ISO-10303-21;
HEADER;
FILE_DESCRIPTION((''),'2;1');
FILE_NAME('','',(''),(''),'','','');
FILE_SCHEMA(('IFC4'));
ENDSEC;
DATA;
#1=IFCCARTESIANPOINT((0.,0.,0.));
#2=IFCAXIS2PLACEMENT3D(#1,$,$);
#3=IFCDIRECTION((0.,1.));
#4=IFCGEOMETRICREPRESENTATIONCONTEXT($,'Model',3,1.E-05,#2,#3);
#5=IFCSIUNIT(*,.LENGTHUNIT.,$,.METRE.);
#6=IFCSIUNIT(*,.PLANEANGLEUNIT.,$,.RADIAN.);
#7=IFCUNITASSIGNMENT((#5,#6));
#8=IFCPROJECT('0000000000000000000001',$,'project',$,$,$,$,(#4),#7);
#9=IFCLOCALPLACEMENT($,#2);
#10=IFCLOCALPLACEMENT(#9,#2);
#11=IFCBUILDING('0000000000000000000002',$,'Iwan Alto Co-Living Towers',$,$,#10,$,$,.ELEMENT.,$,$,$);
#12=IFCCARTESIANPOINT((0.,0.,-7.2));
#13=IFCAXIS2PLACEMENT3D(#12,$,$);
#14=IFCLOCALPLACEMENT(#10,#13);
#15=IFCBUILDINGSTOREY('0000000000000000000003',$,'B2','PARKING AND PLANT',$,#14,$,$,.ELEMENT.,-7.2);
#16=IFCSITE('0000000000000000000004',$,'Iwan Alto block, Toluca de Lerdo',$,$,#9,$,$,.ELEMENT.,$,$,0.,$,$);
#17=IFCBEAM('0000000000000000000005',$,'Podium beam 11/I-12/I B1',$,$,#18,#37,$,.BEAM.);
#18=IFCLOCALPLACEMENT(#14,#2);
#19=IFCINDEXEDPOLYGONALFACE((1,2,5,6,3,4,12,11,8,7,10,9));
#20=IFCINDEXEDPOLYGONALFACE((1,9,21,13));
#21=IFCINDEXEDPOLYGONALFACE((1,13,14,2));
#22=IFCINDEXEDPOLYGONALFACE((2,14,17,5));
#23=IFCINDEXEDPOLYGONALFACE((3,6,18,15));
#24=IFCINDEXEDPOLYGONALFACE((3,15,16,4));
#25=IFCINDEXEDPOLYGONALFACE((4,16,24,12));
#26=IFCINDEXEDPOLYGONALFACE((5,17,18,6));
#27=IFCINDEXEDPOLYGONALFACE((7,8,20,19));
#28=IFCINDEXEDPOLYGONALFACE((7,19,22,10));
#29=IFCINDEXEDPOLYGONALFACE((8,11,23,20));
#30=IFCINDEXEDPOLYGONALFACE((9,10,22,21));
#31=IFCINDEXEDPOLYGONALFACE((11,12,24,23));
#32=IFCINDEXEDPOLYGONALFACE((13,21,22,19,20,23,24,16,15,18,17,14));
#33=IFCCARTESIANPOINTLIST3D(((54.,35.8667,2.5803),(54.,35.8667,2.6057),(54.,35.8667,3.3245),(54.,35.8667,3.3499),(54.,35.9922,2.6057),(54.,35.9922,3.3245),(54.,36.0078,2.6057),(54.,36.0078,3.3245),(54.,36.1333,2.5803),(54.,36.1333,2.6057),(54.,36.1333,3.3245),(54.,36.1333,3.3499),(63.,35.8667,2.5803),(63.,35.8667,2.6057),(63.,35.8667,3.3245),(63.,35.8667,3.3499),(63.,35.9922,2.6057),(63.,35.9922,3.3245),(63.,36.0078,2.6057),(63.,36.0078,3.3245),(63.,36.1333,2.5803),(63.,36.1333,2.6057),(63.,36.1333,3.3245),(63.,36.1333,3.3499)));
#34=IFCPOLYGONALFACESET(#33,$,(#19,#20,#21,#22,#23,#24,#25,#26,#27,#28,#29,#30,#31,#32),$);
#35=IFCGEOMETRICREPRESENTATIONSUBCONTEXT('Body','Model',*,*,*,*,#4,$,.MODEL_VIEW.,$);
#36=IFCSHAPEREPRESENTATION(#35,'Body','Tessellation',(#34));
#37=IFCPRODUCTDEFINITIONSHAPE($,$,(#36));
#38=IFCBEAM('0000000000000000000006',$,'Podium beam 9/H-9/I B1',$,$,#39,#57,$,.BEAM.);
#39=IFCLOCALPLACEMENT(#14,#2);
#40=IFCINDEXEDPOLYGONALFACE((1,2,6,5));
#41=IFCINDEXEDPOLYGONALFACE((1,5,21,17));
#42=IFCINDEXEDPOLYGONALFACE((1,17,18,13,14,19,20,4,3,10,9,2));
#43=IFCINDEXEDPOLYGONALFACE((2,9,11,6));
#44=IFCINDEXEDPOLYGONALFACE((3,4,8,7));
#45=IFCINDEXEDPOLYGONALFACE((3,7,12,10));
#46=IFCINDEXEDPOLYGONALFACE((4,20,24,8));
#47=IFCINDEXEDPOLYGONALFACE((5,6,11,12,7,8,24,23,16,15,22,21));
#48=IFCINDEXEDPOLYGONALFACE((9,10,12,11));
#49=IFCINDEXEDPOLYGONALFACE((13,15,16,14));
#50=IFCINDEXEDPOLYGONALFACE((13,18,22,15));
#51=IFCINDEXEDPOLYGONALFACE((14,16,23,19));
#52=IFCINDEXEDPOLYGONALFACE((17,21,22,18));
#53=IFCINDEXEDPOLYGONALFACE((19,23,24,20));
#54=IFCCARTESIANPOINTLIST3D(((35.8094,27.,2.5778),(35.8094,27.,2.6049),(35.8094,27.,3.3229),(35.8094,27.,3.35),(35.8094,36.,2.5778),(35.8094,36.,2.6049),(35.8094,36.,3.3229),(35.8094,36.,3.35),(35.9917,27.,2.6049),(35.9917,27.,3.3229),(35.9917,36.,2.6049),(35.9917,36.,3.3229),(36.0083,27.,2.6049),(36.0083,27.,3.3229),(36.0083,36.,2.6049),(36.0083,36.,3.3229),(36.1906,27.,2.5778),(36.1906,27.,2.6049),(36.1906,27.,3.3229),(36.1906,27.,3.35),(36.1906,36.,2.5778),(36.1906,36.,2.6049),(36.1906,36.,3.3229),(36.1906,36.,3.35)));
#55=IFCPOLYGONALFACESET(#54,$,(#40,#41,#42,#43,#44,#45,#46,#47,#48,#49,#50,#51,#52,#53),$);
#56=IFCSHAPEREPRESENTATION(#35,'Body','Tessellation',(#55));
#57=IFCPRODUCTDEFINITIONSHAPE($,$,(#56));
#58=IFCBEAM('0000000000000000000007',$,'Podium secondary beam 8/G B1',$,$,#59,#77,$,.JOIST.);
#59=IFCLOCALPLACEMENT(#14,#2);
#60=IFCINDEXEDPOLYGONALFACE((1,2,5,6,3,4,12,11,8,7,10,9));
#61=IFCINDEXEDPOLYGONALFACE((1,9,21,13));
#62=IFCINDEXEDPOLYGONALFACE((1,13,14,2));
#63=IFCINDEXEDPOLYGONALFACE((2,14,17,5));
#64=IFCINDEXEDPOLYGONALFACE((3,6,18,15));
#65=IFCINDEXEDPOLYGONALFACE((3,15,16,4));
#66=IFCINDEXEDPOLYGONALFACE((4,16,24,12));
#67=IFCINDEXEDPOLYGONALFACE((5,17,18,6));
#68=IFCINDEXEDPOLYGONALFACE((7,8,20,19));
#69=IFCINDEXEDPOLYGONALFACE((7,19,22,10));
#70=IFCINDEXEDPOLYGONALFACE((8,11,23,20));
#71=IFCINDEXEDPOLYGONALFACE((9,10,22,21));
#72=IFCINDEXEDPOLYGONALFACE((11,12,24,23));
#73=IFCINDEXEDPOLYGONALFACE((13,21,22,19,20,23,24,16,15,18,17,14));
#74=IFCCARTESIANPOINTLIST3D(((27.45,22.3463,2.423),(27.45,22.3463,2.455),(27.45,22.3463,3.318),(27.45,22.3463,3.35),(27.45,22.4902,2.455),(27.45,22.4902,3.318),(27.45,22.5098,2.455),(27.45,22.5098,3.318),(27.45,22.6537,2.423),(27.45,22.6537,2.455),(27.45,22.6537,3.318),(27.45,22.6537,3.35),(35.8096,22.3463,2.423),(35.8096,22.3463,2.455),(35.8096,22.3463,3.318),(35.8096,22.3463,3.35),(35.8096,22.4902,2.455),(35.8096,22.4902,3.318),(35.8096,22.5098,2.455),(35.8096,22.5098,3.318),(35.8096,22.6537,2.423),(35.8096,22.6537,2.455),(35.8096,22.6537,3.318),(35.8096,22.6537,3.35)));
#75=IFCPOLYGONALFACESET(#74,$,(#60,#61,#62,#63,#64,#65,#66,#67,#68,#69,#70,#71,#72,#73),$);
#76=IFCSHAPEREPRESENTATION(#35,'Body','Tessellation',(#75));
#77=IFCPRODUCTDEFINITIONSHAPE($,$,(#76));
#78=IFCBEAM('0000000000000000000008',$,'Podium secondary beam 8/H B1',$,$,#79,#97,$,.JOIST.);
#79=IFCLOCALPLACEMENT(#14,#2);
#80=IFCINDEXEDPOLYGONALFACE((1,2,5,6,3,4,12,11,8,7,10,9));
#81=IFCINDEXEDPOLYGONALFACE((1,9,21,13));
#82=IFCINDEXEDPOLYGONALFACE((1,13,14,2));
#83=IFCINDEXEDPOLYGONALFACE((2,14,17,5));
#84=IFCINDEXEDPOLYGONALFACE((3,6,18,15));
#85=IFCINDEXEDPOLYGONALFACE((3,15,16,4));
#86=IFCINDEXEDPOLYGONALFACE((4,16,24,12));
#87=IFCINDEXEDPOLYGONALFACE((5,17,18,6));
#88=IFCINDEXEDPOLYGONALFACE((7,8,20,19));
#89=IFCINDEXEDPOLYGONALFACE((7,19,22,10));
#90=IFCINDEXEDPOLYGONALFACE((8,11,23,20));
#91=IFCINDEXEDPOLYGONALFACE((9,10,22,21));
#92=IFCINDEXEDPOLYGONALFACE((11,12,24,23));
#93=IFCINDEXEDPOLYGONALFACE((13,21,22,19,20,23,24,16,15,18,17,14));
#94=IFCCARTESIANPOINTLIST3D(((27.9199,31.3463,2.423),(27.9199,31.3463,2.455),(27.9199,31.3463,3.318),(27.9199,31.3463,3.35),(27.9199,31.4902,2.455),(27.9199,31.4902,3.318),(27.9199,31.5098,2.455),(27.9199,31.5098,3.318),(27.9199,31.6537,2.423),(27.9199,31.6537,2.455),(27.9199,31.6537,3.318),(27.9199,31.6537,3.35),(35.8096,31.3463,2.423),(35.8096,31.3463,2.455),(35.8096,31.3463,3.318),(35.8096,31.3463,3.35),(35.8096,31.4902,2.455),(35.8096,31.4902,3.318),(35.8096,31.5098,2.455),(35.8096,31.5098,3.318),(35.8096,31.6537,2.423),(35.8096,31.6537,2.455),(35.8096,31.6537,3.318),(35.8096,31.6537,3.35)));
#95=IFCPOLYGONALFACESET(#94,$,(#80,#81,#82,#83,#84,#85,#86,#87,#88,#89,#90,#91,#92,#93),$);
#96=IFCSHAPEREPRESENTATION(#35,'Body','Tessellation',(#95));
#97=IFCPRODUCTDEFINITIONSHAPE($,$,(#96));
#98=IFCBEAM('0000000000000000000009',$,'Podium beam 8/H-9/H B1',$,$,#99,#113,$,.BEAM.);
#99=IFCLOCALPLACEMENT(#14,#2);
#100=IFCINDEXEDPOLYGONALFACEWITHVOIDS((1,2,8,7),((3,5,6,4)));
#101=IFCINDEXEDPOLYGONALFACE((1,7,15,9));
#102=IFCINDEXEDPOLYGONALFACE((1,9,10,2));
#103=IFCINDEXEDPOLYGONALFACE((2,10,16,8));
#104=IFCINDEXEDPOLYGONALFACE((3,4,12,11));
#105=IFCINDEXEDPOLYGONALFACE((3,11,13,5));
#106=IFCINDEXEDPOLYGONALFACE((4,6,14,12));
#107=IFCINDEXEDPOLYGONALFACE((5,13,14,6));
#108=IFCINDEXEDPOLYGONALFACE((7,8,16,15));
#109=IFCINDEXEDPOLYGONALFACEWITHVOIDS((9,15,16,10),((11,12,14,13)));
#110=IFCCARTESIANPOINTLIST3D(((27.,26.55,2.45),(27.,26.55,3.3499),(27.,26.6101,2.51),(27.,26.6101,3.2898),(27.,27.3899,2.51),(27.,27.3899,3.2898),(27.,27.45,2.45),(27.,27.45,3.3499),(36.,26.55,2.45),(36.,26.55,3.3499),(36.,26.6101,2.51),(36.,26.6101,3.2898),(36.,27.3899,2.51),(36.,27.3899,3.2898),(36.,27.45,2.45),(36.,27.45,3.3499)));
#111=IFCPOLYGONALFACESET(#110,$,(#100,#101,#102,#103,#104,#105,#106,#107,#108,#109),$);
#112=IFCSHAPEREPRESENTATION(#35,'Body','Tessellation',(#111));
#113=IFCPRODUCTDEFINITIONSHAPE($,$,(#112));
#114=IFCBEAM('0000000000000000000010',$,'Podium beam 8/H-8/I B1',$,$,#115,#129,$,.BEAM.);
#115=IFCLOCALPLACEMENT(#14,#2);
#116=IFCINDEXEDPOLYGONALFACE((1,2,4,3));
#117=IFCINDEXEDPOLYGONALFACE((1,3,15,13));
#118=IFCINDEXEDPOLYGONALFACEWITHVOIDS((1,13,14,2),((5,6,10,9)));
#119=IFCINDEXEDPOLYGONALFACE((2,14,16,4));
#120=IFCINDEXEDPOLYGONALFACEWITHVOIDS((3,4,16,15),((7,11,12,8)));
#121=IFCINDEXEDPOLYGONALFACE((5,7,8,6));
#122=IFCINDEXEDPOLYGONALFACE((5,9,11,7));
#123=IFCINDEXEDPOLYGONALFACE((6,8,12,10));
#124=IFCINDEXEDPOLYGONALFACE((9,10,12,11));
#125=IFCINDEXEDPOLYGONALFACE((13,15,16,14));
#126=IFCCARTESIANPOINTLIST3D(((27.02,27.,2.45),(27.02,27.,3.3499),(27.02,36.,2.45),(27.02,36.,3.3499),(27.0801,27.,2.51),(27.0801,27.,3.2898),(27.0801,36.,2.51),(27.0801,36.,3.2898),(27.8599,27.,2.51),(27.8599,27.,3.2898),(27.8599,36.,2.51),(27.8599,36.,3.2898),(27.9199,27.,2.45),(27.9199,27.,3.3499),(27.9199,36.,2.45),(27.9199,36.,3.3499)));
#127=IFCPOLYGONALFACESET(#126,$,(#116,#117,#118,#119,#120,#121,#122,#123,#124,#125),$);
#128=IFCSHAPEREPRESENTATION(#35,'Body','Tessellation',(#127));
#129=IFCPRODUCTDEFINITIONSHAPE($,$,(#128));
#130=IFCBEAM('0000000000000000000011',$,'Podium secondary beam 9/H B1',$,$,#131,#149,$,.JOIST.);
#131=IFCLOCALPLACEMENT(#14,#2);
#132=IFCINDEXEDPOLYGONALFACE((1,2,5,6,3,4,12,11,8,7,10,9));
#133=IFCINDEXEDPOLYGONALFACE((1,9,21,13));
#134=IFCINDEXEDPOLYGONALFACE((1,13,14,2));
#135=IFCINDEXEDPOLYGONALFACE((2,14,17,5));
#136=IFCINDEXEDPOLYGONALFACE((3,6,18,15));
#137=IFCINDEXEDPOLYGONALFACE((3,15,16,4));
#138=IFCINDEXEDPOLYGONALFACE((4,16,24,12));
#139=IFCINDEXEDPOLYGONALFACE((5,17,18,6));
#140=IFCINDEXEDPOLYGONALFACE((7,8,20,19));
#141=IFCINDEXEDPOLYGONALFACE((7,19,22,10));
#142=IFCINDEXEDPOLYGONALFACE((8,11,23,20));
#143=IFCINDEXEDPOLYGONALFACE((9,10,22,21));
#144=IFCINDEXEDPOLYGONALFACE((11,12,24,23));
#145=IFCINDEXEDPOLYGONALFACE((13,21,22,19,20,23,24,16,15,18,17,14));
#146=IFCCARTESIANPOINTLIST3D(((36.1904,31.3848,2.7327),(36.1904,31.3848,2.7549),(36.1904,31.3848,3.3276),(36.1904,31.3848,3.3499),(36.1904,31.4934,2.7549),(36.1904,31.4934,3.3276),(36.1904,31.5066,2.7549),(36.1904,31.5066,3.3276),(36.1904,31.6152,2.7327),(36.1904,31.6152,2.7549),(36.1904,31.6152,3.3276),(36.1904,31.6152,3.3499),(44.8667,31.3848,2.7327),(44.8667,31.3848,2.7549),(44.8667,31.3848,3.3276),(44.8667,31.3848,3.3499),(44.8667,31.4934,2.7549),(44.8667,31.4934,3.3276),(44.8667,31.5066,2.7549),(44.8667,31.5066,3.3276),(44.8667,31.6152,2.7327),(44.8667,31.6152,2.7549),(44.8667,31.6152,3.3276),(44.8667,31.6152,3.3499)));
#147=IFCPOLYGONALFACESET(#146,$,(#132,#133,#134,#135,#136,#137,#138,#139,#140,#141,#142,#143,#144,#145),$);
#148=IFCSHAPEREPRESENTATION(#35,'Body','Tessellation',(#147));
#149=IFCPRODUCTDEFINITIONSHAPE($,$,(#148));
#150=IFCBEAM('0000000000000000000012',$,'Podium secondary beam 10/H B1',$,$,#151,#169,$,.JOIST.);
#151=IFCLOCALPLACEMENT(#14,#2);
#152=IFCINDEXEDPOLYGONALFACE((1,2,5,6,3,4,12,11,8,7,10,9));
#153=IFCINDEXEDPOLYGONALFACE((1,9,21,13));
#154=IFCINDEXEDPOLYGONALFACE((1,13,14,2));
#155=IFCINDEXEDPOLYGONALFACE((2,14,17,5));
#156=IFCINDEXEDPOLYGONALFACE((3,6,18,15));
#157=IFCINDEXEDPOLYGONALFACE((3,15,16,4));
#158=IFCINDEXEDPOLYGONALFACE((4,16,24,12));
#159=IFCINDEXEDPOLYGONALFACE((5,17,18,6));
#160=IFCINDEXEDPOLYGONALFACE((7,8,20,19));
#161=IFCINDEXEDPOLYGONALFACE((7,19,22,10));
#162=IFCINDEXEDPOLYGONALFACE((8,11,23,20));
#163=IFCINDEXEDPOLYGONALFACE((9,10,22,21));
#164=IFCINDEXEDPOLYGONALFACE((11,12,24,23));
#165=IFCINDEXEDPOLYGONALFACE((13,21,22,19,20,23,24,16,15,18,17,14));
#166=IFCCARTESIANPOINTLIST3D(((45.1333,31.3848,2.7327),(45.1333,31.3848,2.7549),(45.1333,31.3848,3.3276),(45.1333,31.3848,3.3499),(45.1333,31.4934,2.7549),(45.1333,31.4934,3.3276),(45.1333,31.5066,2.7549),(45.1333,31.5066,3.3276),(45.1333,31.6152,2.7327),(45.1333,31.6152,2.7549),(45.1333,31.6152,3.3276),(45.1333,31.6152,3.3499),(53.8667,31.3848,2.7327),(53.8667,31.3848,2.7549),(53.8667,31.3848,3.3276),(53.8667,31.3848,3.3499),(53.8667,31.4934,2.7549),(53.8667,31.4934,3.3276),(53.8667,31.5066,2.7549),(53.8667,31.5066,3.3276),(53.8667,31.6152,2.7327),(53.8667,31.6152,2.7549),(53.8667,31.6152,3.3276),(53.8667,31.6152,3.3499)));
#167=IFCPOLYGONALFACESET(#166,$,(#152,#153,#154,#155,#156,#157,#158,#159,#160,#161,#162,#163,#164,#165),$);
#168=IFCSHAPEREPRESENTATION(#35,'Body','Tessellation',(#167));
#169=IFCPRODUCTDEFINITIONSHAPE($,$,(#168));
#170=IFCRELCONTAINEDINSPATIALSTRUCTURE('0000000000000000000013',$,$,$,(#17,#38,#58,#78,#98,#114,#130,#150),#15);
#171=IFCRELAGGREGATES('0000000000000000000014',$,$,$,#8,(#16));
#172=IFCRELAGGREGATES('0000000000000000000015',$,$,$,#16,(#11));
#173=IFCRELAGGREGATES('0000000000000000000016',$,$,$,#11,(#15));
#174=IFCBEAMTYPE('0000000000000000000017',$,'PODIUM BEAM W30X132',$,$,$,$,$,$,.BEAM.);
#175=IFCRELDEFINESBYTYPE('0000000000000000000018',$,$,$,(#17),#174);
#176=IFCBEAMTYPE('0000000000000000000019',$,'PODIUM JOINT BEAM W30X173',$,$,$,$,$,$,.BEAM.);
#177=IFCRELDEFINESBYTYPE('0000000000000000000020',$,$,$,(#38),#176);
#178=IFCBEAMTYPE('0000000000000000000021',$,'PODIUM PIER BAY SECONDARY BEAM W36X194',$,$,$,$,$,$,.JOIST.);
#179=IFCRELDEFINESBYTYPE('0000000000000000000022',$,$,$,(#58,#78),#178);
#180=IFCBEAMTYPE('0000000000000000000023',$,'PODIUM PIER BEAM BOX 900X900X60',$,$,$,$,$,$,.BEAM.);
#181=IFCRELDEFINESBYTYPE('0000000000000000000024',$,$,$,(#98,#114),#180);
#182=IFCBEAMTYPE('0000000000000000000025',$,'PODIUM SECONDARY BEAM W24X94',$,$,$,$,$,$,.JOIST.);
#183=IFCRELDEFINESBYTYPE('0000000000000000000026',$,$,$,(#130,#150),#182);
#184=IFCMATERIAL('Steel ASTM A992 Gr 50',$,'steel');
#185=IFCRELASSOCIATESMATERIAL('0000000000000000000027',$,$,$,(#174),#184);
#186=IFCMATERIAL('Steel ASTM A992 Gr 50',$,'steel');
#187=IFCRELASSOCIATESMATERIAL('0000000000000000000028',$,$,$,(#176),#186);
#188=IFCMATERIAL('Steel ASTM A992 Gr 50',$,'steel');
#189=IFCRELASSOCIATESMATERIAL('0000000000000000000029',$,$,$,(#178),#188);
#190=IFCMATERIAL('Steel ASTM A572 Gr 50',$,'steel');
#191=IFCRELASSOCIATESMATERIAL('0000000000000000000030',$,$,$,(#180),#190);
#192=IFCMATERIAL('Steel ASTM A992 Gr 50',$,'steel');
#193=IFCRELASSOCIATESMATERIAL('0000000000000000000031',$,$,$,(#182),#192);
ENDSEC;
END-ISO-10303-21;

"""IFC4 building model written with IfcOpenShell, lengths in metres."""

from ifc_helpers import new_model, si_unit, direction, frame, origin, origin_2d, place, context, subcontext, project, spatial, hollow_rectangle, i_section, extrude, material, material_profile, profile_set, type_object, element, save


model = new_model("IFC4")

# Units and contexts
model_context = context("Model", 3, precision=1e-05, world=origin(), true_north=direction((0.0, 1.0)))
body_context = subcontext(model_context, "Body", "Model", "MODEL_VIEW")
ifc_project = project(units=[si_unit("LENGTHUNIT", "METRE"), si_unit("PLANEANGLEUNIT", "RADIAN")], contexts=[model_context])

# Site, building, storey
site_placement = place(None, origin())
site = spatial("IfcSite", under=ifc_project, at=site_placement, Name="Iwan Alto block, Toluca de Lerdo", CompositionType="ELEMENT", RefElevation=0.0)
building_placement = place(site_placement, origin())
building = spatial("IfcBuilding", under=site, at=building_placement, Name="Iwan Alto Co-Living Towers", CompositionType="ELEMENT")
storey_placement = place(building_placement, frame((0.0, 0.0, -7.2)))
storey = spatial("IfcBuildingStorey", under=building, at=storey_placement, Name="B2", Description="PARKING AND PLANT", CompositionType="ELEMENT", Elevation=-7.2)

# Beams
ifc_material_1 = material(Name="Steel ASTM A992 Gr 50", Category="steel")
ifc_material_profile_1 = material_profile(ifc_material_1, i_section(OverallWidth=0.2666, OverallDepth=0.7695, WebThickness=0.0156, FlangeThickness=0.0254, at=origin_2d()), Name="W30X132")
ifc_profile_set_1 = profile_set([ifc_material_profile_1], Name="Steel ASTM A992 Gr 50")
beam_type_1 = type_object("IfcBeamType", Name="PODIUM BEAM W30X132", PredefinedType="BEAM", material=ifc_profile_set_1)
for number, where, z_axis, x_axis, name in (
    (1, (54.0, 36.0, 2.9651), (1.0, 0.0, 0.0), (0.0, 1.0, 0.0), "Podium beam 11/I-12/I B1"),
):
    element("IfcBeam", number, at=place(storey_placement, frame(where, z_axis=z_axis, x_axis=x_axis)), inside=storey, type_object=beam_type_1, Name=name, PredefinedType="BEAM", context=body_context, shape_type="SweptSolid", body=[
        extrude(i_section(OverallWidth=0.2666, OverallDepth=0.7695, WebThickness=0.0156, FlangeThickness=0.0254, at=origin_2d()), origin(), (0.0, 0.0, 1.0), 9.0),
    ])
ifc_material_2 = material(Name="Steel ASTM A992 Gr 50", Category="steel")
ifc_material_profile_2 = material_profile(ifc_material_2, i_section(OverallWidth=0.3811, OverallDepth=0.7722, WebThickness=0.0166, FlangeThickness=0.0271, at=origin_2d()), Name="W30X173")
ifc_profile_set_2 = profile_set([ifc_material_profile_2], Name="Steel ASTM A992 Gr 50")
beam_type_2 = type_object("IfcBeamType", Name="PODIUM JOINT BEAM W30X173", PredefinedType="BEAM", material=ifc_profile_set_2)
beam_1_placement = place(storey_placement, frame((36.0, 27.0, 2.9639), z_axis=(0.0, 1.0, 0.0), x_axis=(-1.0, 0.0, 0.0)))
element("IfcBeam", 2, at=beam_1_placement, inside=storey, type_object=beam_type_2, Name="Podium beam 9/H-9/I B1", PredefinedType="BEAM", context=body_context, shape_type="SweptSolid", body=[
    extrude(i_section(OverallWidth=0.3811, OverallDepth=0.7722, WebThickness=0.0166, FlangeThickness=0.0271, at=origin_2d()), origin(), (0.0, 0.0, 1.0), 9.0),
])
ifc_material_3 = material(Name="Steel ASTM A992 Gr 50", Category="steel")
ifc_material_profile_3 = material_profile(ifc_material_3, i_section(OverallWidth=0.3074, OverallDepth=0.927, WebThickness=0.0195, FlangeThickness=0.032, at=origin_2d()), Name="W36X194")
ifc_profile_set_3 = profile_set([ifc_material_profile_3], Name="Steel ASTM A992 Gr 50")
beam_type_3 = type_object("IfcBeamType", Name="PODIUM PIER BAY SECONDARY BEAM W36X194", PredefinedType="JOIST", material=ifc_profile_set_3)
beam_2_placement = place(storey_placement, frame((27.45, 22.5, 2.8865), z_axis=(1.0, 0.0, 0.0), x_axis=(0.0, 1.0, 0.0)))
element("IfcBeam", 3, at=beam_2_placement, inside=storey, type_object=beam_type_3, Name="Podium secondary beam 8/G B1", PredefinedType="JOIST", context=body_context, shape_type="SweptSolid", body=[
    extrude(i_section(OverallWidth=0.3074, OverallDepth=0.927, WebThickness=0.0195, FlangeThickness=0.032, at=origin_2d()), origin(), (0.0, 0.0, 1.0), 8.3596),
])
beam_3_placement = place(storey_placement, frame((27.9199, 31.5, 2.8865), z_axis=(1.0, 0.0, 0.0), x_axis=(0.0, 1.0, 0.0)))
element("IfcBeam", 4, at=beam_3_placement, inside=storey, type_object=beam_type_3, Name="Podium secondary beam 8/H B1", PredefinedType="JOIST", context=body_context, shape_type="SweptSolid", body=[
    extrude(i_section(OverallWidth=0.3074, OverallDepth=0.927, WebThickness=0.0195, FlangeThickness=0.032, at=origin_2d()), origin(), (0.0, 0.0, 1.0), 7.8896),
])
ifc_material_4 = material(Name="Steel ASTM A572 Gr 50", Category="steel")
ifc_material_profile_4 = material_profile(ifc_material_4, hollow_rectangle(XDim=0.8999, YDim=0.8999, WallThickness=0.0601, at=origin_2d()), Name="BOX 900X900X60")
ifc_profile_set_4 = profile_set([ifc_material_profile_4], Name="Steel ASTM A572 Gr 50")
beam_type_4 = type_object("IfcBeamType", Name="PODIUM PIER BEAM BOX 900X900X60", PredefinedType="BEAM", material=ifc_profile_set_4)
for number, where, z_axis, x_axis, name in (
    (5, (27.0, 27.0, 2.8999), (1.0, 0.0, 0.0), (0.0, 1.0, 0.0), "Podium beam 8/H-9/H B1"),
    (6, (27.47, 27.0, 2.8999), (0.0, 1.0, 0.0), (-1.0, 0.0, 0.0), "Podium beam 8/H-8/I B1"),
):
    element("IfcBeam", number, at=place(storey_placement, frame(where, z_axis=z_axis, x_axis=x_axis)), inside=storey, type_object=beam_type_4, Name=name, PredefinedType="BEAM", context=body_context, shape_type="SweptSolid", body=[
        extrude(hollow_rectangle(XDim=0.8999, YDim=0.8999, WallThickness=0.0601, at=origin_2d()), origin(), (0.0, 0.0, 1.0), 9.0),
    ])
ifc_material_5 = material(Name="Steel ASTM A992 Gr 50", Category="steel")
ifc_material_profile_5 = material_profile(ifc_material_5, i_section(OverallWidth=0.2305, OverallDepth=0.6172, WebThickness=0.0132, FlangeThickness=0.0222, at=origin_2d()), Name="W24X94")
ifc_profile_set_5 = profile_set([ifc_material_profile_5], Name="Steel ASTM A992 Gr 50")
beam_type_5 = type_object("IfcBeamType", Name="PODIUM SECONDARY BEAM W24X94", PredefinedType="JOIST", material=ifc_profile_set_5)
beam_4_placement = place(storey_placement, frame((36.1904, 31.5, 3.0413), z_axis=(1.0, 0.0, 0.0), x_axis=(0.0, 1.0, 0.0)))
element("IfcBeam", 7, at=beam_4_placement, inside=storey, type_object=beam_type_5, Name="Podium secondary beam 9/H B1", PredefinedType="JOIST", context=body_context, shape_type="SweptSolid", body=[
    extrude(i_section(OverallWidth=0.2305, OverallDepth=0.6172, WebThickness=0.0132, FlangeThickness=0.0222, at=origin_2d()), origin(), (0.0, 0.0, 1.0), 8.6763),
])
for number, where, z_axis, x_axis, name in (
    (8, (45.1333, 31.5, 3.0413), (1.0, 0.0, 0.0), (0.0, 1.0, 0.0), "Podium secondary beam 10/H B1"),
):
    element("IfcBeam", number, at=place(storey_placement, frame(where, z_axis=z_axis, x_axis=x_axis)), inside=storey, type_object=beam_type_5, Name=name, PredefinedType="JOIST", context=body_context, shape_type="SweptSolid", body=[
        extrude(i_section(OverallWidth=0.2305, OverallDepth=0.6172, WebThickness=0.0132, FlangeThickness=0.0222, at=origin_2d()), origin(), (0.0, 0.0, 1.0), 8.7334),
    ])

save(model, "model.ifc")
